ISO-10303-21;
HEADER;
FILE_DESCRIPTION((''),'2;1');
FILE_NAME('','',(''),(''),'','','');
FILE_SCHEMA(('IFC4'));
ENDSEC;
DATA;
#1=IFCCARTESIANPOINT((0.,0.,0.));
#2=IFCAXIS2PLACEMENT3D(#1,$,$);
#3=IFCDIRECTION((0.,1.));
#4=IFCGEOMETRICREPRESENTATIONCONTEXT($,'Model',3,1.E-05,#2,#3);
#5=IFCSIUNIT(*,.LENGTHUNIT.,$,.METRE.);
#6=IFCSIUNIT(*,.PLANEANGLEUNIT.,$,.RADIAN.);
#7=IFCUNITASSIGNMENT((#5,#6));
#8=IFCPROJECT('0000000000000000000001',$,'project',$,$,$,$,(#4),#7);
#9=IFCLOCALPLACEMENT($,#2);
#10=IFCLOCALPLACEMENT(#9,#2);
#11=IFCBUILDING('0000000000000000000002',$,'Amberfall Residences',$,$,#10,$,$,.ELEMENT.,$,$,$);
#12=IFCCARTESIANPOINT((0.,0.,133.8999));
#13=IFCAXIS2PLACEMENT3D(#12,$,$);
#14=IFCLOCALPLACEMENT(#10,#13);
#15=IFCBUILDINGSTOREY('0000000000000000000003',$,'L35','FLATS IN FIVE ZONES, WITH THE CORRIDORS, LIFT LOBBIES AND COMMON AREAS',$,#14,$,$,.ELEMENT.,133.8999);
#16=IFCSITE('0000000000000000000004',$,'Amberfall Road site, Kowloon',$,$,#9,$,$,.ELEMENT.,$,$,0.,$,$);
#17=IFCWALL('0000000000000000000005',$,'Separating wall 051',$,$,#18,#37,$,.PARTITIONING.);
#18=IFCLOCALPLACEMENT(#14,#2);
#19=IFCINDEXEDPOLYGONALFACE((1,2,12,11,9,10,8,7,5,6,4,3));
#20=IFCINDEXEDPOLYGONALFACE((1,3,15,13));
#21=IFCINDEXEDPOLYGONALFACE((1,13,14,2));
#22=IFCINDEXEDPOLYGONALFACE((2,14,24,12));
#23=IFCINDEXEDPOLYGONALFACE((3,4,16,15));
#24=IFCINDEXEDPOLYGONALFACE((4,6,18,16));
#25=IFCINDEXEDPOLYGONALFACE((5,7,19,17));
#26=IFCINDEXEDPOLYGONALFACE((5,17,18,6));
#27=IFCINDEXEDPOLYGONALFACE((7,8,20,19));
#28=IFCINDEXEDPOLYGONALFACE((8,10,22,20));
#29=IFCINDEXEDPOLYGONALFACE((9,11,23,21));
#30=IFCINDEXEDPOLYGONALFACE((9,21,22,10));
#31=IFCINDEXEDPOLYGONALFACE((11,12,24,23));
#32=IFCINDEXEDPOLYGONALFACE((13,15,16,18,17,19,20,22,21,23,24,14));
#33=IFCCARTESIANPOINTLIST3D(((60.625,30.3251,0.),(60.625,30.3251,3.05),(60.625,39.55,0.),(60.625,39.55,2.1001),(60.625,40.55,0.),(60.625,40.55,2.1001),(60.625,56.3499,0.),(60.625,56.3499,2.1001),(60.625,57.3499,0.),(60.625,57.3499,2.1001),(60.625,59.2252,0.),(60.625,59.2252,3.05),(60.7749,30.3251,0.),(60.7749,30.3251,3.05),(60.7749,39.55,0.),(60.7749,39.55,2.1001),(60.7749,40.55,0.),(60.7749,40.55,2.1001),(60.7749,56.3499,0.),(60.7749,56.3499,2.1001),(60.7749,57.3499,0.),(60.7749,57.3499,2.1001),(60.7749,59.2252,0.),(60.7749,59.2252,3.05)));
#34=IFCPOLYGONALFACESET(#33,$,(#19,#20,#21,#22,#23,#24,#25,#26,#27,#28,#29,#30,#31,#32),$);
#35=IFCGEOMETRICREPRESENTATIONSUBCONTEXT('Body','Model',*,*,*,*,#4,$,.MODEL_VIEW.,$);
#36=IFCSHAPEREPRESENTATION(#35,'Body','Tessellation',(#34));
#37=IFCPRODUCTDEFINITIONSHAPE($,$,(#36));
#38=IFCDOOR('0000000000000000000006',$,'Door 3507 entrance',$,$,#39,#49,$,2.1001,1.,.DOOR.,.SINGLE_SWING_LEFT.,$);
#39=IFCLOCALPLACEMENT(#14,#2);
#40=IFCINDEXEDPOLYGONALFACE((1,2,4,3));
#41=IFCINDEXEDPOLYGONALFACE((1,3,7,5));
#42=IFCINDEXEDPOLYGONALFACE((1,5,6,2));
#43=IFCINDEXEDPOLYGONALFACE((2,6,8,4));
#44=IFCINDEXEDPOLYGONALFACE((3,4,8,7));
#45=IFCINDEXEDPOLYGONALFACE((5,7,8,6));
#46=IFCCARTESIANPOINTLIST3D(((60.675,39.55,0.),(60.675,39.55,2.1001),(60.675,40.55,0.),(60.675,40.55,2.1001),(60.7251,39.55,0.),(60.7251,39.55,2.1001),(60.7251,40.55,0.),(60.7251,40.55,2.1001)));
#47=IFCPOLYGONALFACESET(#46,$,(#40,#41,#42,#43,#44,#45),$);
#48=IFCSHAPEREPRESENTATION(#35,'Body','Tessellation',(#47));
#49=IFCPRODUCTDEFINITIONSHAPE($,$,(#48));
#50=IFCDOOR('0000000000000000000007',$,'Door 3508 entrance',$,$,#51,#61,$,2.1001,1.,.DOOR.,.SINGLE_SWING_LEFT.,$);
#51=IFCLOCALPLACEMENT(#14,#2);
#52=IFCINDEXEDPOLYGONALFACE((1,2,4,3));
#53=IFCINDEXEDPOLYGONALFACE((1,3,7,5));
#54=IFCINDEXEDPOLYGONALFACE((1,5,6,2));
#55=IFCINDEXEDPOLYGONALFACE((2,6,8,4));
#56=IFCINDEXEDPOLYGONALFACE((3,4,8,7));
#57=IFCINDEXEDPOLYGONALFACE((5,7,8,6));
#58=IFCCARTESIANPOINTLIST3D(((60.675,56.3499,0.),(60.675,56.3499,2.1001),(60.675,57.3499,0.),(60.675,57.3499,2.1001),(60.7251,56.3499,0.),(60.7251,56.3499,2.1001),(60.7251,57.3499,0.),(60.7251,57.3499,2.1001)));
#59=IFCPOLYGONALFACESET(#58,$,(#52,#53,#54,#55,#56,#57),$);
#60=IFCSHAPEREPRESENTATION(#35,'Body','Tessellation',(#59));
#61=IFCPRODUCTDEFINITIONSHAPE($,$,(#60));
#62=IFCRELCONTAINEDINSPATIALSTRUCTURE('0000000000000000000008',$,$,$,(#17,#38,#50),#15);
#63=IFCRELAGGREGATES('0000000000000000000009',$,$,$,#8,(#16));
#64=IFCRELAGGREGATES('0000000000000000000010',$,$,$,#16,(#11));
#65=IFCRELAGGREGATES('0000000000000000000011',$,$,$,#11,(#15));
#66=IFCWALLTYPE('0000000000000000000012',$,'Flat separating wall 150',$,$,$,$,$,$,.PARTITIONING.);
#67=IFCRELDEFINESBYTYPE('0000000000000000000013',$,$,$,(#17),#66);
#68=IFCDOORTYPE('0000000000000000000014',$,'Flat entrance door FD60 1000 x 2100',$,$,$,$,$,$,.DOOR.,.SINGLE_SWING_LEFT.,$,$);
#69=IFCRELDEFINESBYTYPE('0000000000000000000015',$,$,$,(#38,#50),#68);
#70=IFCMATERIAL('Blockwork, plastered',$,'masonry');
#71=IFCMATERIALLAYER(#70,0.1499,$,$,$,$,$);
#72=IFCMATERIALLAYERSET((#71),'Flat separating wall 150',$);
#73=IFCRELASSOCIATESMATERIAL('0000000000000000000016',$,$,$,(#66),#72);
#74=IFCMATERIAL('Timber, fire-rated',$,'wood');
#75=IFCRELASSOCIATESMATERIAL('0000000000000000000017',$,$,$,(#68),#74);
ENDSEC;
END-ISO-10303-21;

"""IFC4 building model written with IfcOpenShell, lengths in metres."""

from ifc_helpers import new_model, si_unit, direction, frame, frame_2d, origin, place, context, subcontext, project, spatial, rectangle, extrude, material, layer, layer_set, type_object, element, fill, save


model = new_model("IFC4")

# Units and contexts
model_context = context("Model", 3, precision=1e-05, world=origin(), true_north=direction((0.0, 1.0)))
body_context = subcontext(model_context, "Body", "Model", "MODEL_VIEW")
ifc_project = project(units=[si_unit("LENGTHUNIT", "METRE"), si_unit("PLANEANGLEUNIT", "RADIAN")], contexts=[model_context])

# Site, building, storey
site_placement = place(None, origin())
site = spatial("IfcSite", under=ifc_project, at=site_placement, Name="Amberfall Road site, Kowloon", CompositionType="ELEMENT", RefElevation=0.0)
building_placement = place(site_placement, origin())
building = spatial("IfcBuilding", under=site, at=building_placement, Name="Amberfall Residences", CompositionType="ELEMENT")
storey_placement = place(building_placement, frame((0.0, 0.0, 133.8999)))
storey = spatial("IfcBuildingStorey", under=building, at=storey_placement, Name="L35", Description="FLATS IN FIVE ZONES, WITH THE CORRIDORS, LIFT LOBBIES AND COMMON AREAS", CompositionType="ELEMENT", Elevation=133.8999)

# Wall, openings, doors
ifc_material_1 = material(Name="Blockwork, plastered", Category="masonry")
ifc_layer_1 = layer(ifc_material_1, 0.1499)
ifc_layer_set_1 = layer_set([ifc_layer_1], Name="Flat separating wall 150")
wall_type_1 = type_object("IfcWallType", Name="Flat separating wall 150", PredefinedType="PARTITIONING", material=ifc_layer_set_1)
wall_1_placement = place(storey_placement, frame((60.7, 30.325, 0.0), z_axis=(0.0, 0.0, 1.0), x_axis=(0.0, 1.0, 0.0)))
wall_1 = element("IfcWall", 1, at=wall_1_placement, inside=storey, type_object=wall_type_1, Name="Separating wall 051", PredefinedType="PARTITIONING", context=body_context, shape_type="SweptSolid", body=[
    extrude(rectangle(XDim=28.9001, YDim=0.1499, at=frame_2d((14.4502, 0.0))), origin(), (0.0, 0.0, 1.0), 3.05),
])
opening_1_placement = place(wall_1_placement, frame((9.2251, 0.0, 0.0)))
opening_1 = element("IfcOpeningElement", 2, at=opening_1_placement, cuts=wall_1, PredefinedType="OPENING", context=body_context, shape_type="SweptSolid", body=[
    extrude(rectangle(XDim=1.0, YDim=2.1001, at=frame_2d((0.5, 1.05))), frame((0.0, 0.085, 0.0), z_axis=(0.0, -1.0, 0.0), x_axis=(1.0, 0.0, 0.0)), (0.0, 0.0, 1.0), 0.1699),
])
opening_2_placement = place(wall_1_placement, frame((26.0249, 0.0, 0.0)))
opening_2 = element("IfcOpeningElement", 3, at=opening_2_placement, cuts=wall_1, PredefinedType="OPENING", context=body_context, shape_type="SweptSolid", body=[
    extrude(rectangle(XDim=1.0, YDim=2.1001, at=frame_2d((0.5, 1.05))), frame((0.0, 0.085, 0.0), z_axis=(0.0, -1.0, 0.0), x_axis=(1.0, 0.0, 0.0)), (0.0, 0.0, 1.0), 0.1699),
])
ifc_material_2 = material(Name="Timber, fire-rated", Category="wood")
door_type_1 = type_object("IfcDoorType", Name="Flat entrance door FD60 1000 x 2100", OperationType="SINGLE_SWING_LEFT", PredefinedType="DOOR", material=ifc_material_2)
door_1_placement = place(opening_1_placement, origin())
door_1 = element("IfcDoor", 4, at=door_1_placement, inside=storey, type_object=door_type_1, Name="Door 3507 entrance", OperationType="SINGLE_SWING_LEFT", OverallHeight=2.1001, OverallWidth=1.0, PredefinedType="DOOR", context=body_context, shape_type="SweptSolid", body=[
    extrude(rectangle(XDim=1.0, YDim=2.1001, at=frame_2d((0.5, 1.05))), frame((0.0, 0.0249, 0.0), z_axis=(0.0, -1.0, 0.0), x_axis=(1.0, 0.0, 0.0)), (0.0, 0.0, 1.0), 0.05),
])
fill(opening_1, door_1)
door_2_placement = place(opening_2_placement, origin())
door_2 = element("IfcDoor", 5, at=door_2_placement, inside=storey, type_object=door_type_1, Name="Door 3508 entrance", OperationType="SINGLE_SWING_LEFT", OverallHeight=2.1001, OverallWidth=1.0, PredefinedType="DOOR", context=body_context, shape_type="SweptSolid", body=[
    extrude(rectangle(XDim=1.0, YDim=2.1001, at=frame_2d((0.5, 1.05))), frame((0.0, 0.0249, 0.0), z_axis=(0.0, -1.0, 0.0), x_axis=(1.0, 0.0, 0.0)), (0.0, 0.0, 1.0), 0.05),
])
fill(opening_2, door_2)

save(model, "model.ifc")
